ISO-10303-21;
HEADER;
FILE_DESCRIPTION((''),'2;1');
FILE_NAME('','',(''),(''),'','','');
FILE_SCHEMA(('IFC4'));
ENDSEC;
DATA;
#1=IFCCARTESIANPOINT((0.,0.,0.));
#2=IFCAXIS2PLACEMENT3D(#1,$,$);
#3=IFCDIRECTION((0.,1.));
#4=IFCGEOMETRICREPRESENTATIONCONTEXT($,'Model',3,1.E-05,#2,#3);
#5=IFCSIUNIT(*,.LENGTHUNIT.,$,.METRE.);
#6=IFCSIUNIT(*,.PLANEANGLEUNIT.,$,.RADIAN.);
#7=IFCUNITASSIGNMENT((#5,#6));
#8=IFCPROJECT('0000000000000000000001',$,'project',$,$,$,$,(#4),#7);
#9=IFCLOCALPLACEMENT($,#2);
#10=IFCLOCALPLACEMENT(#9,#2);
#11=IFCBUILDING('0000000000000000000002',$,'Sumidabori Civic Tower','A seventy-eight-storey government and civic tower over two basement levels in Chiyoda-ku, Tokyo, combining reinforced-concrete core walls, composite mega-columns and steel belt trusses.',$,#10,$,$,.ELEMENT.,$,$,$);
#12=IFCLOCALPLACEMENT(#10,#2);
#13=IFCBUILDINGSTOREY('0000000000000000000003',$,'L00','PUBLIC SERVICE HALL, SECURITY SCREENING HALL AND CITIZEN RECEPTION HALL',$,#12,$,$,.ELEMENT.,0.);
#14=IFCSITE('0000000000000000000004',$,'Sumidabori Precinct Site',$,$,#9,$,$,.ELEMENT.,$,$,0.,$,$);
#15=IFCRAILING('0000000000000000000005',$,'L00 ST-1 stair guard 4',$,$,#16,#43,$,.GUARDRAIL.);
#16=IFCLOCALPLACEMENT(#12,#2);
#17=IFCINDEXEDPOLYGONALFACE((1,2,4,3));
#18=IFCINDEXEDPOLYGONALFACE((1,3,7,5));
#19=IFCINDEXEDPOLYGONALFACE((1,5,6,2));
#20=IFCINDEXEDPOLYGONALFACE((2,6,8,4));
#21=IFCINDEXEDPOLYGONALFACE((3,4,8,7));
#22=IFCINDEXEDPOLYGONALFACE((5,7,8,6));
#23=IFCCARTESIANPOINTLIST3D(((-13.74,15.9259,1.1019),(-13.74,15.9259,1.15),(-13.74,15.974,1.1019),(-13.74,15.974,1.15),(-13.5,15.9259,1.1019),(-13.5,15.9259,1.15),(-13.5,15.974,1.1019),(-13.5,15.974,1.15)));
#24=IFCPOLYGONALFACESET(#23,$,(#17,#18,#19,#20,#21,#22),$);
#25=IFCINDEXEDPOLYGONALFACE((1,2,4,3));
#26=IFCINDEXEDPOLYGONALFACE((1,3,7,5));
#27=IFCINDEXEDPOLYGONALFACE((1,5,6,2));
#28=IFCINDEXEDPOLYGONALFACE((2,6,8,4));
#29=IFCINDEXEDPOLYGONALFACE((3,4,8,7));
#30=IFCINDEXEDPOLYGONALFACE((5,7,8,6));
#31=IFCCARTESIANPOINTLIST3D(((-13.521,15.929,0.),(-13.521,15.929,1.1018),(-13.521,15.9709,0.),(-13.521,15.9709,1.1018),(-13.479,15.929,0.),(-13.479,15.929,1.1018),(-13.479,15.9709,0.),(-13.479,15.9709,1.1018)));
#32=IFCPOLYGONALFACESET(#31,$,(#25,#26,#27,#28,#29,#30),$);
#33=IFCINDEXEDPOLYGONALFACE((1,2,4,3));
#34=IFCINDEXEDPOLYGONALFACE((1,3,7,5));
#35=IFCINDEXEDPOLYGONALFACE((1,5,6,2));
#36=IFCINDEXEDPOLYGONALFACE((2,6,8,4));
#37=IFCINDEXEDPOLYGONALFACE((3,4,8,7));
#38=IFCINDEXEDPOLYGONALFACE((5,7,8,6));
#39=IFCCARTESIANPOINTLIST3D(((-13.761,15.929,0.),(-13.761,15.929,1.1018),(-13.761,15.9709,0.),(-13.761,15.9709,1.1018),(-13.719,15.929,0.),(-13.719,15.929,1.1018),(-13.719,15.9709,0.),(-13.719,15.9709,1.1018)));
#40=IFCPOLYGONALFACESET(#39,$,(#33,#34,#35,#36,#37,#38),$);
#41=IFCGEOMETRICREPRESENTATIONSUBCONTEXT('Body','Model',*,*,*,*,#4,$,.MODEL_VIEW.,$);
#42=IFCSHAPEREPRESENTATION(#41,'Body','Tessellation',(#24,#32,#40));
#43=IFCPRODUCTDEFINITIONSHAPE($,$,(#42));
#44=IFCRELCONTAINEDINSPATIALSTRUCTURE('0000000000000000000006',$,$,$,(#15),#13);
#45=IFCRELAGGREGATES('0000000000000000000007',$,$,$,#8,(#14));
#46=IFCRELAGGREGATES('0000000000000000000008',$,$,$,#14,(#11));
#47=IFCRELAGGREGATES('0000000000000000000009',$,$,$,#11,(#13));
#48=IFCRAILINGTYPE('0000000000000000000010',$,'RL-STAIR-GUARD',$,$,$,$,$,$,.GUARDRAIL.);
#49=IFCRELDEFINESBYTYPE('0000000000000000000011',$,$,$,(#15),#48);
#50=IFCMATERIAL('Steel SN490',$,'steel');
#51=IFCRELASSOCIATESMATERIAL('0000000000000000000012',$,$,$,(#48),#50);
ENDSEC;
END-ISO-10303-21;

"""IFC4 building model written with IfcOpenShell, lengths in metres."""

from ifc_helpers import new_model, si_unit, direction, frame, origin, origin_2d, place, context, subcontext, project, spatial, rectangle, extrude, material, type_object, element, save


model = new_model("IFC4")

# Units and contexts
model_context = context("Model", 3, precision=1e-05, world=origin(), true_north=direction((0.0, 1.0)))
body_context = subcontext(model_context, "Body", "Model", "MODEL_VIEW")
ifc_project = project(units=[si_unit("LENGTHUNIT", "METRE"), si_unit("PLANEANGLEUNIT", "RADIAN")], contexts=[model_context])

# Site, building, storey
site_placement = place(None, origin())
site = spatial("IfcSite", under=ifc_project, at=site_placement, Name="Sumidabori Precinct Site", CompositionType="ELEMENT", RefElevation=0.0)
building_placement = place(site_placement, origin())
building = spatial("IfcBuilding", under=site, at=building_placement, Name="Sumidabori Civic Tower", Description="A seventy-eight-storey government and civic tower over two basement levels in Chiyoda-ku, Tokyo, combining reinforced-concrete core walls, composite mega-columns and steel belt trusses.", CompositionType="ELEMENT")
storey_placement = place(building_placement, origin())
storey = spatial("IfcBuildingStorey", under=building, at=storey_placement, Name="L00", Description="PUBLIC SERVICE HALL, SECURITY SCREENING HALL AND CITIZEN RECEPTION HALL", CompositionType="ELEMENT", Elevation=0.0)

# Shared definitions
ifc_material_1 = material(Name="Steel SN490", Category="steel")

# Railing
railing_type_1 = type_object("IfcRailingType", Name="RL-STAIR-GUARD", PredefinedType="GUARDRAIL", material=ifc_material_1)
railing_1_placement = place(storey_placement, frame((-13.5, 15.95, 0.0)))
element("IfcRailing", 1, at=railing_1_placement, inside=storey, type_object=railing_type_1, Name="L00 ST-1 stair guard 4", PredefinedType="GUARDRAIL", context=body_context, shape_type="SweptSolid", body=[
    extrude(rectangle(XDim=0.0481, YDim=0.0481, at=origin_2d()), frame((0.0, 0.0, 1.126), z_axis=(-1.0, 0.0, 0.0), x_axis=(0.0, -1.0, 0.0)), (0.0, 0.0, 1.0), 0.24),
    extrude(rectangle(XDim=0.042, YDim=0.042, at=origin_2d()), origin(), (0.0, 0.0, 1.0), 1.1018),
    extrude(rectangle(XDim=0.042, YDim=0.042, at=origin_2d()), frame((-0.24, 0.0, 0.0)), (0.0, 0.0, 1.0), 1.1018),
])

save(model, "model.ifc")
